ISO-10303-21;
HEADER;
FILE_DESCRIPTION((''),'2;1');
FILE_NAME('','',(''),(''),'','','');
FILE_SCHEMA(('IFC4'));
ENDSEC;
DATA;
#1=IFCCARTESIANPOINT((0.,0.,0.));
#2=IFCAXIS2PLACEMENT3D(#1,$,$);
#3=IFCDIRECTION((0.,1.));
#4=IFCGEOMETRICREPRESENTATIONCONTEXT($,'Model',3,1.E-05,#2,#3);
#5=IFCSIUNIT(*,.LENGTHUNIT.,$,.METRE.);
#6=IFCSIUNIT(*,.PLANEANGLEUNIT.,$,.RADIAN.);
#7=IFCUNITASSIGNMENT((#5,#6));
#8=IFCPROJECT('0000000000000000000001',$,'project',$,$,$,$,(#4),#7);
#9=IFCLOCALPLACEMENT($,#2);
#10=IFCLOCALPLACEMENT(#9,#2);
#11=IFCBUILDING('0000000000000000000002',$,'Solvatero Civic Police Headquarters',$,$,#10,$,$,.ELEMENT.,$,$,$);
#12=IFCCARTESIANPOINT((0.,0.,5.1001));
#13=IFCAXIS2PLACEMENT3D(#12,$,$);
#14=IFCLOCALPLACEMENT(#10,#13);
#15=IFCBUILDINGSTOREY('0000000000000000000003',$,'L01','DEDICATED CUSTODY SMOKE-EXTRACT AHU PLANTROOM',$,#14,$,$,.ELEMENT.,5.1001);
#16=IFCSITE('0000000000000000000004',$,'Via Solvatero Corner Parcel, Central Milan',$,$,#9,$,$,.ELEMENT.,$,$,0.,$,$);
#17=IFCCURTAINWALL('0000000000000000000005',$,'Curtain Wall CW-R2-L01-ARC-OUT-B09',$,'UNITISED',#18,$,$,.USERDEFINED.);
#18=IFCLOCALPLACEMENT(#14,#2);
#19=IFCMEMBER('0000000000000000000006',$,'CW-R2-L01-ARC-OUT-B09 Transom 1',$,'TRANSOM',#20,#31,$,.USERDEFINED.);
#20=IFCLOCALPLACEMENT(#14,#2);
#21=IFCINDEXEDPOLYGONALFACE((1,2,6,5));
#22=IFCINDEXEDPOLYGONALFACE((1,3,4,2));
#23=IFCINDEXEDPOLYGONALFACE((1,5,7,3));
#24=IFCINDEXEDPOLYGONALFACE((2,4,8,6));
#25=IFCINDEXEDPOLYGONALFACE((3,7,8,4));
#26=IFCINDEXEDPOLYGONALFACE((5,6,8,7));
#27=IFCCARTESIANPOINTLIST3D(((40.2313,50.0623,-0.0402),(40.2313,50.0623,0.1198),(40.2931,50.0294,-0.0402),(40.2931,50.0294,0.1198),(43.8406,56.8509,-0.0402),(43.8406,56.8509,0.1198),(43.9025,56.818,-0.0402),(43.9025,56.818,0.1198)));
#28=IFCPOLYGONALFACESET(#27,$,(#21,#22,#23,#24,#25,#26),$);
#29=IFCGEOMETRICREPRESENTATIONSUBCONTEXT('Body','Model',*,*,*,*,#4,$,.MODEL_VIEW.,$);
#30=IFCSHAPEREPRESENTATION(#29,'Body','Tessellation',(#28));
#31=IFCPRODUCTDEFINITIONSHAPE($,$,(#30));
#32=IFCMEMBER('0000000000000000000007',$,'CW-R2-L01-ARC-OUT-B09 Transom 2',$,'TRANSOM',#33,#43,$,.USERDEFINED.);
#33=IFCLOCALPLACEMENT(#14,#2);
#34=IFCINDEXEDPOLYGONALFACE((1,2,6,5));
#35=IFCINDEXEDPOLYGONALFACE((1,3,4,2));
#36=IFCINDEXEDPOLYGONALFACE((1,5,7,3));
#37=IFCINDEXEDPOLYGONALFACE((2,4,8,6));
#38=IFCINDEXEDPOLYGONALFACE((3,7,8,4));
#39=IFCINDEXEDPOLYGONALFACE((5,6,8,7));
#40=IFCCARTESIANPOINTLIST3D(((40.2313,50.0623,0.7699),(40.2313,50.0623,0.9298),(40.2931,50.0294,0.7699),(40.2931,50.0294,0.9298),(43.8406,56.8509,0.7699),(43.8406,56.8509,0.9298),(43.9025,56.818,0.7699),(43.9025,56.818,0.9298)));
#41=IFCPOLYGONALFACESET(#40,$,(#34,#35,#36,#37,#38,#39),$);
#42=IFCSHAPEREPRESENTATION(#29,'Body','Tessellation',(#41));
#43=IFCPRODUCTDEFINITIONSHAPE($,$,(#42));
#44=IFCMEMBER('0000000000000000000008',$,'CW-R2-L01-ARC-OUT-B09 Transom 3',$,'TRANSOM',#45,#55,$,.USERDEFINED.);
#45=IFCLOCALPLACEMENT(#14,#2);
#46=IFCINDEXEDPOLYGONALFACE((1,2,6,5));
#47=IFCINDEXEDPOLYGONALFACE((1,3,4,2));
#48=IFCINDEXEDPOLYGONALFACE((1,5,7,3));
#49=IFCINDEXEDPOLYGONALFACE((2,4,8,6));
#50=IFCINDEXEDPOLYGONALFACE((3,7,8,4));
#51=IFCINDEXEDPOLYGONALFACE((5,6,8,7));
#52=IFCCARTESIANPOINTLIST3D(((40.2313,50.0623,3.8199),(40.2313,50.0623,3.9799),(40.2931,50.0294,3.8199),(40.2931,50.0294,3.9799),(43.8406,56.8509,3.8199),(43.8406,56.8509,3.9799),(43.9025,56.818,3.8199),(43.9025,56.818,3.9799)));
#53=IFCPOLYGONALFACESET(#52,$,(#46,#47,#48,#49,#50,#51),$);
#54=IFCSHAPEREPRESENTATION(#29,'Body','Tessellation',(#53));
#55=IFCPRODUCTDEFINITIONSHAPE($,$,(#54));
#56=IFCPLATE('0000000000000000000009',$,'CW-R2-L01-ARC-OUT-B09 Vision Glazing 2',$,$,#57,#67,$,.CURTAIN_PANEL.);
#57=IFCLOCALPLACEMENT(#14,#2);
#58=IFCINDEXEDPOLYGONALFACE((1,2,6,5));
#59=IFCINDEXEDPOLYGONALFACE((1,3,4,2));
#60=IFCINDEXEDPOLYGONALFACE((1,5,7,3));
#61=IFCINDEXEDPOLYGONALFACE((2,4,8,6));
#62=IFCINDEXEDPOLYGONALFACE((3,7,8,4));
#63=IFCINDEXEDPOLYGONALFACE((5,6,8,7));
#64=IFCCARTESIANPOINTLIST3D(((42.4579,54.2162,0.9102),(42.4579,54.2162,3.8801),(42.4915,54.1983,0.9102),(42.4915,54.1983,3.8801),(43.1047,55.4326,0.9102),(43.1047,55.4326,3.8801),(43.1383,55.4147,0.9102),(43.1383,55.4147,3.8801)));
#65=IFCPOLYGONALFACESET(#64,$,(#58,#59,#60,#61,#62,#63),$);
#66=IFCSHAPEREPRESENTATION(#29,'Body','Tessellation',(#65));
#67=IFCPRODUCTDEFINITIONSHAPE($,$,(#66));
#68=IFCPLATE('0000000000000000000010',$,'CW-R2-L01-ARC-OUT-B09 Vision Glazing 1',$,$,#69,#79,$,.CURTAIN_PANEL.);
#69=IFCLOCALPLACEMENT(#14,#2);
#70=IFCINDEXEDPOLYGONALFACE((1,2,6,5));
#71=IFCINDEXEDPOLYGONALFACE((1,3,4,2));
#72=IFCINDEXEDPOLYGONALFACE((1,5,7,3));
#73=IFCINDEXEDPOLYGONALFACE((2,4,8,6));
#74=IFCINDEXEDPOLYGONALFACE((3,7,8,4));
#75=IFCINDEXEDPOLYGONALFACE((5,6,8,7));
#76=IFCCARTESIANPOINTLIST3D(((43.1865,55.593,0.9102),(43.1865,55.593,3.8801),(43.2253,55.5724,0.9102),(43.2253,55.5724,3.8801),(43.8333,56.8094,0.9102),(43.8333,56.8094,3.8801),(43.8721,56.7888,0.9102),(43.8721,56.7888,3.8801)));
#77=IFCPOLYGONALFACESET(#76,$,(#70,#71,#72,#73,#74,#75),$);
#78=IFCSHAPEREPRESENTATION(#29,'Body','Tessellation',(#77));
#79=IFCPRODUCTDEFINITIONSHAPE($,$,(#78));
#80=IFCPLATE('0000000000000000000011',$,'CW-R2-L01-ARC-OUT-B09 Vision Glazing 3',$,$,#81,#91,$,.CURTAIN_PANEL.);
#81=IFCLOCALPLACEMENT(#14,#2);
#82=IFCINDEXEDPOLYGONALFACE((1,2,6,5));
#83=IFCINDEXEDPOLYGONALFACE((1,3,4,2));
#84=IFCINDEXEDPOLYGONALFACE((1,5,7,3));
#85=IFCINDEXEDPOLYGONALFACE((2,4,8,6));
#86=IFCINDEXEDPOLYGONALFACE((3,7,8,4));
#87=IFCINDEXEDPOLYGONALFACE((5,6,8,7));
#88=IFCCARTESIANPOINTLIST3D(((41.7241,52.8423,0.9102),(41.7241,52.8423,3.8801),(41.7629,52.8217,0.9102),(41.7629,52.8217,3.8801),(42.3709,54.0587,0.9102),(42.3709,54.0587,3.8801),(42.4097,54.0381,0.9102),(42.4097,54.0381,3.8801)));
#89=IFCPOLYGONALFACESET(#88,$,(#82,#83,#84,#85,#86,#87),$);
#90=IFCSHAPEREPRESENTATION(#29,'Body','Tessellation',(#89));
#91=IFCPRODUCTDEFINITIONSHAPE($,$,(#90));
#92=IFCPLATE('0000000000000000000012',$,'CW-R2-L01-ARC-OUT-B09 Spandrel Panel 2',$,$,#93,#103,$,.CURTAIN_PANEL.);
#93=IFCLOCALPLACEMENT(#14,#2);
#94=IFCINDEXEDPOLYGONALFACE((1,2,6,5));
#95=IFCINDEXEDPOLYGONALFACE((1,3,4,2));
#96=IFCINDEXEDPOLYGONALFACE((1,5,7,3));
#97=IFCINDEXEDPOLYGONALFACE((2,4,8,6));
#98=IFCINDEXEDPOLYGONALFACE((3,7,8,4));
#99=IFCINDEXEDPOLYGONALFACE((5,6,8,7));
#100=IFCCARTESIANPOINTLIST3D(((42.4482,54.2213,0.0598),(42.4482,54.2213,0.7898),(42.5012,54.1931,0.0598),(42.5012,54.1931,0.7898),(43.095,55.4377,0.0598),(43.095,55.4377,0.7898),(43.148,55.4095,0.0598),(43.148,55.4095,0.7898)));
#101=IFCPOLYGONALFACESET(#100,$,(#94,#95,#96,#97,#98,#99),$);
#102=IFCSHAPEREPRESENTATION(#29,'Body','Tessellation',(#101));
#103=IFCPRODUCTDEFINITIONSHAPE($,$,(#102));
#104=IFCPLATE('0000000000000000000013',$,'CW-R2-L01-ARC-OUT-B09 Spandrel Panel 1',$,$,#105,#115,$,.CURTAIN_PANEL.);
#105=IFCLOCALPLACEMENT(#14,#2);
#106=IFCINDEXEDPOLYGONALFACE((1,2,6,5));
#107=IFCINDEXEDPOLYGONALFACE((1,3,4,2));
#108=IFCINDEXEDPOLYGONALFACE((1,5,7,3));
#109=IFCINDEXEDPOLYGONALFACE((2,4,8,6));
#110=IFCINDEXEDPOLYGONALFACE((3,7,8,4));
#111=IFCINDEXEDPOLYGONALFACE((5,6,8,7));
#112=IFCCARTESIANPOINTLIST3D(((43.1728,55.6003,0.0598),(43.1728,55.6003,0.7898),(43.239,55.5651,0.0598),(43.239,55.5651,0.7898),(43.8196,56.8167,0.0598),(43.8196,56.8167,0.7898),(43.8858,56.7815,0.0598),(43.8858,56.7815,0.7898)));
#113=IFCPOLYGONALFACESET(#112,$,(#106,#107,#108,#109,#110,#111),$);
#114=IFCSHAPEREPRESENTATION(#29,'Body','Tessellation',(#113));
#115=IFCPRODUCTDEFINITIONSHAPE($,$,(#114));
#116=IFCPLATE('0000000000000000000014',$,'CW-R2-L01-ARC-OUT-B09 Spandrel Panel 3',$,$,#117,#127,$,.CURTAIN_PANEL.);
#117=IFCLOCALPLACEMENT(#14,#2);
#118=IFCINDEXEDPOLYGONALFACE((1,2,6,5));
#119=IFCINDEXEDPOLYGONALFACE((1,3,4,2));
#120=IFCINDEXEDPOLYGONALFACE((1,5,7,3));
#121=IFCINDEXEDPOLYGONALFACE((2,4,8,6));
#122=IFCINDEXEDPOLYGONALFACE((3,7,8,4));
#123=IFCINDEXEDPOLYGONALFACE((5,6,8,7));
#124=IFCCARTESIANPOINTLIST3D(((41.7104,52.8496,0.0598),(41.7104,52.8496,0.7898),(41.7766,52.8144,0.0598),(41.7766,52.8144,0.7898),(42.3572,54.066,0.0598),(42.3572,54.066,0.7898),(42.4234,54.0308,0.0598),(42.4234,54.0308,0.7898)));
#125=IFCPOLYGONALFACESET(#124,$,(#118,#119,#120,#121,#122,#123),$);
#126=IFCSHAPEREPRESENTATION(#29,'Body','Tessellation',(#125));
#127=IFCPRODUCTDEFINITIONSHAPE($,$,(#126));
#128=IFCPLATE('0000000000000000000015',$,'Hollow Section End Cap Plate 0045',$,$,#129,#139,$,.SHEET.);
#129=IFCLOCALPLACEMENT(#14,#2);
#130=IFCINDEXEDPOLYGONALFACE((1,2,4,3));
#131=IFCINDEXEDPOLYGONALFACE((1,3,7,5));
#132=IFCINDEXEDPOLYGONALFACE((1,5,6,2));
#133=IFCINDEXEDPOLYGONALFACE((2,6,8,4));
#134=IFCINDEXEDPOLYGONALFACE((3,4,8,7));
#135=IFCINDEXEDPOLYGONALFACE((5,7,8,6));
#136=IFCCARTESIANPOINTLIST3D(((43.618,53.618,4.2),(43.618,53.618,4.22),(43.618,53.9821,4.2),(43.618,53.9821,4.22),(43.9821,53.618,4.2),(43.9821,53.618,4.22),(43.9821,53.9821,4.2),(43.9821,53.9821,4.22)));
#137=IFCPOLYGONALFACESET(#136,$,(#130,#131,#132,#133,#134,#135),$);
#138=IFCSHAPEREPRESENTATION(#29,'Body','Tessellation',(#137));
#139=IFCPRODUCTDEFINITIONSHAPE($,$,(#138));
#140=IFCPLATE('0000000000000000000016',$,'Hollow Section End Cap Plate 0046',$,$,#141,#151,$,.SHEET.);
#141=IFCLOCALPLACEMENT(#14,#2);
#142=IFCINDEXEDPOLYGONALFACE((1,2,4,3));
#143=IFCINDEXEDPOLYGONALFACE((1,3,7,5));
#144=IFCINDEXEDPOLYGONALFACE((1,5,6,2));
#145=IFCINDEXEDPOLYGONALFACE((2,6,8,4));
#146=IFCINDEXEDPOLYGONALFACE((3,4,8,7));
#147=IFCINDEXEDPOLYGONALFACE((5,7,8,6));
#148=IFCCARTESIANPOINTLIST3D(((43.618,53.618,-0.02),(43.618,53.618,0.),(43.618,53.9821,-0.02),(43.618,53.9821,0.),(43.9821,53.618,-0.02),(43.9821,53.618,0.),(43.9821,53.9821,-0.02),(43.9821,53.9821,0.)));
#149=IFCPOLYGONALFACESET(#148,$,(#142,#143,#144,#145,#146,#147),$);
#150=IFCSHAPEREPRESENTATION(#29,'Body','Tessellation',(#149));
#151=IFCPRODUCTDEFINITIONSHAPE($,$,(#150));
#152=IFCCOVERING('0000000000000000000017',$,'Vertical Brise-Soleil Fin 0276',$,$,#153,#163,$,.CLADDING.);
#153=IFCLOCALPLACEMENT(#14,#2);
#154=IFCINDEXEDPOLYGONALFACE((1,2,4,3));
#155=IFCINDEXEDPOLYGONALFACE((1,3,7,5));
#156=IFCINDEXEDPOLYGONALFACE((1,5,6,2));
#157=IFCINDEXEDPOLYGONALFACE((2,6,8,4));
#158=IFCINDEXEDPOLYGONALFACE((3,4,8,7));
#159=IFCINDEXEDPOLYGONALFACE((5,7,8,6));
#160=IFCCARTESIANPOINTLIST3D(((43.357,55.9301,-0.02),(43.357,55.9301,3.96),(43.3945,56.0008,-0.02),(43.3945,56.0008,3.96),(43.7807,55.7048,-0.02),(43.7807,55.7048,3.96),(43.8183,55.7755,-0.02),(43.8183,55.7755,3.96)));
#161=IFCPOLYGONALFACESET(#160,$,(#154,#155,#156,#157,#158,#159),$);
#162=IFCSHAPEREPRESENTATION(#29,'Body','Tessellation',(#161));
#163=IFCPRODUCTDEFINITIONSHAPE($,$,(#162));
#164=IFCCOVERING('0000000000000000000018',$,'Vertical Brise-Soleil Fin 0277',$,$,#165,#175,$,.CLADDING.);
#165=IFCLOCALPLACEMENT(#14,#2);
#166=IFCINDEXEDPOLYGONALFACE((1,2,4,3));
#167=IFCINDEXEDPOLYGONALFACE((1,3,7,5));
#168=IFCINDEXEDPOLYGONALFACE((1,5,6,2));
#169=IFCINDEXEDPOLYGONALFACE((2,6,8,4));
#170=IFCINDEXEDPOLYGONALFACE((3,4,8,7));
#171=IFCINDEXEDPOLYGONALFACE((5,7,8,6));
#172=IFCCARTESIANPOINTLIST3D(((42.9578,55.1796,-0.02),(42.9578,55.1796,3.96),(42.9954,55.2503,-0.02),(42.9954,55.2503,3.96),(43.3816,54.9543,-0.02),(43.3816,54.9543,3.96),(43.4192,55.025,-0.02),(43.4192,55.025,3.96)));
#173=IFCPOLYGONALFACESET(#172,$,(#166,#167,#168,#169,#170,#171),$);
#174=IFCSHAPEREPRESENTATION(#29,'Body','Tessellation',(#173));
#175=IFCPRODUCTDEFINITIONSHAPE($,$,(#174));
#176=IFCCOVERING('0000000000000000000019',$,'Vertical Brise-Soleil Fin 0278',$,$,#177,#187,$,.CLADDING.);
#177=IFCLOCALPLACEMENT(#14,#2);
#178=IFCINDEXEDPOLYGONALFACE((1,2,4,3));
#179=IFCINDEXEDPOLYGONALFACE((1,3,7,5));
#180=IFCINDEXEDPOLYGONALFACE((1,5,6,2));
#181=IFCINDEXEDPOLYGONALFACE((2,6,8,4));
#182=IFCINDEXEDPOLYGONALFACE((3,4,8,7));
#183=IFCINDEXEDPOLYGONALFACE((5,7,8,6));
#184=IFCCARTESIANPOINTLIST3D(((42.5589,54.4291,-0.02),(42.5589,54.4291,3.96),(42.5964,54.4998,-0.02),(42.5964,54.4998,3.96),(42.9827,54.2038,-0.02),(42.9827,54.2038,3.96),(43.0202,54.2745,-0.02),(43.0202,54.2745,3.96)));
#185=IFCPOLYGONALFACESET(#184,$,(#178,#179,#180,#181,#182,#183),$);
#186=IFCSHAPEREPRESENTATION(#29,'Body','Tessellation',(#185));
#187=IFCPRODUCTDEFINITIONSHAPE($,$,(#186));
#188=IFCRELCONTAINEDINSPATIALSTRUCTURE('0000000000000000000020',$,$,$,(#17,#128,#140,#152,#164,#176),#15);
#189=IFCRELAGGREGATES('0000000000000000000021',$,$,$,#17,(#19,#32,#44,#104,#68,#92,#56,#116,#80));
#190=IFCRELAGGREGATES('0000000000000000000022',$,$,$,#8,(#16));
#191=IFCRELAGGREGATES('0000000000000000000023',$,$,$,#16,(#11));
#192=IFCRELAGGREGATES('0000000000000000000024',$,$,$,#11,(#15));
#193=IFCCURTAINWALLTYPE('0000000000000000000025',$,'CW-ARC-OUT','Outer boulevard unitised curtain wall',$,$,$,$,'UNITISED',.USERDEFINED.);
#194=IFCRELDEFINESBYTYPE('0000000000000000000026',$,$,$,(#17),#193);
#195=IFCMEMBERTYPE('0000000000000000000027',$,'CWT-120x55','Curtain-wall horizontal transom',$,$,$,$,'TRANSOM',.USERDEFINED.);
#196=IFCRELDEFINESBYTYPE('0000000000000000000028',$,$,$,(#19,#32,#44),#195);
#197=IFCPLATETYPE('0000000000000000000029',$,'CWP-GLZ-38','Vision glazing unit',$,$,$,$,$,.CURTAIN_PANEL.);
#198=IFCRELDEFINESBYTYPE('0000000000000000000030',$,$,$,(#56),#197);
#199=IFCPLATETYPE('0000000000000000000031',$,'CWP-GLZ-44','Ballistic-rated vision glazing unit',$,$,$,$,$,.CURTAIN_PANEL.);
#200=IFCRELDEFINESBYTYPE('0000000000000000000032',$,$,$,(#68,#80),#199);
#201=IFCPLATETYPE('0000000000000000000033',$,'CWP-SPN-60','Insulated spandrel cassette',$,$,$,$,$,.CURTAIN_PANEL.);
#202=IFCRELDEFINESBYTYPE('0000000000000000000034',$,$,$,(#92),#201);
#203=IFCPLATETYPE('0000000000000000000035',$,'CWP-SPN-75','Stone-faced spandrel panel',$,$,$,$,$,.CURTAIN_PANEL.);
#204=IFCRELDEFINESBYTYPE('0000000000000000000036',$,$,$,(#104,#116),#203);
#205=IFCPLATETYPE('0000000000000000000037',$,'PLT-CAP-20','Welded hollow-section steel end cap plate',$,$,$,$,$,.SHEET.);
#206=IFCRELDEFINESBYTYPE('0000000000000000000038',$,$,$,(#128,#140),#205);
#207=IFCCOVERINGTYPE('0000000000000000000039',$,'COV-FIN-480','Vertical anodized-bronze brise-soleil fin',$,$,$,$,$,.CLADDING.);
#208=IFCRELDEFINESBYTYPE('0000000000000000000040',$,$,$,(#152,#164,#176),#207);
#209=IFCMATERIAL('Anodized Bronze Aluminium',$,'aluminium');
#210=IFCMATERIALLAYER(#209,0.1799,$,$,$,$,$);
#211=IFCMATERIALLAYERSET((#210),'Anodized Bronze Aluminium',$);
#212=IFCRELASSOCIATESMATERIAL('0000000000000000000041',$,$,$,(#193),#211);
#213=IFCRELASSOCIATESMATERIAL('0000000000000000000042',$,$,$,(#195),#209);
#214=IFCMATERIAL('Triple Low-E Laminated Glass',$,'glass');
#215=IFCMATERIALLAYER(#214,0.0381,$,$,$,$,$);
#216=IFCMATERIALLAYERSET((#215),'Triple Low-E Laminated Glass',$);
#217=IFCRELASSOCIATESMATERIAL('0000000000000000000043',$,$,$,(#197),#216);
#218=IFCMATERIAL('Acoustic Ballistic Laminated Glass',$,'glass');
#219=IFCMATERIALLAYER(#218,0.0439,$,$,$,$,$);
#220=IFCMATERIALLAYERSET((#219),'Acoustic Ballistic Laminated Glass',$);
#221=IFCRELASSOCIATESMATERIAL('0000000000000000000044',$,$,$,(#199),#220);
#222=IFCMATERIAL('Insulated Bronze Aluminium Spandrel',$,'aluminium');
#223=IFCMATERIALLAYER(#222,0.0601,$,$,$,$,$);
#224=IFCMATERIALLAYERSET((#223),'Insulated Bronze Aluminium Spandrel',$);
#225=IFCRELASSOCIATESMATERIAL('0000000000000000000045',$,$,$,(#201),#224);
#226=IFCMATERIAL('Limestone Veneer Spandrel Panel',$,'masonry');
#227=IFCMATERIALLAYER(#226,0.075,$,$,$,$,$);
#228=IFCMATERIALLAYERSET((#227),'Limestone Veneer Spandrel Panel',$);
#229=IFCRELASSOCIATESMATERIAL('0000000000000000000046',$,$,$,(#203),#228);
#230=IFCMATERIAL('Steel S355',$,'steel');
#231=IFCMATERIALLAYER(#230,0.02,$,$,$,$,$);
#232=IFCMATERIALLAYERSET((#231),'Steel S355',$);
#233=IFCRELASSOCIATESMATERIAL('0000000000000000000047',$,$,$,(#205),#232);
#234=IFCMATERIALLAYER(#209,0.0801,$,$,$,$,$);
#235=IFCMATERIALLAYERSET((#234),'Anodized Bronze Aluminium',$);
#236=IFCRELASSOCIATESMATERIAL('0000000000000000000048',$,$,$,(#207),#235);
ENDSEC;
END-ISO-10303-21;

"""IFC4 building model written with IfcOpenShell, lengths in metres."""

from ifc_helpers import new_model, si_unit, direction, frame, origin, origin_2d, place, context, subcontext, project, spatial, rectangle, extrude, material, layer, layer_set, material_profile, profile_set, type_object, element, aggregate, save


model = new_model("IFC4")

# Units and contexts
model_context = context("Model", 3, precision=1e-05, world=origin(), true_north=direction((0.0, 1.0)))
body_context = subcontext(model_context, "Body", "Model", "MODEL_VIEW")
ifc_project = project(units=[si_unit("LENGTHUNIT", "METRE"), si_unit("PLANEANGLEUNIT", "RADIAN")], contexts=[model_context])

# Site, building, storey
site_placement = place(None, origin())
site = spatial("IfcSite", under=ifc_project, at=site_placement, Name="Via Solvatero Corner Parcel, Central Milan", CompositionType="ELEMENT", RefElevation=0.0)
building_placement = place(site_placement, origin())
building = spatial("IfcBuilding", under=site, at=building_placement, Name="Solvatero Civic Police Headquarters", CompositionType="ELEMENT")
storey_placement = place(building_placement, frame((0.0, 0.0, 5.1001)))
storey = spatial("IfcBuildingStorey", under=building, at=storey_placement, Name="L01", Description="DEDICATED CUSTODY SMOKE-EXTRACT AHU PLANTROOM", CompositionType="ELEMENT", Elevation=5.1001)

# Shared definitions
ifc_material_1 = material(Name="Steel S355", Category="steel")

# Curtain wall, members, plates
ifc_material_2 = material(Name="Anodized Bronze Aluminium", Category="aluminium")
ifc_layer_1 = layer(ifc_material_2, 0.1799)
ifc_layer_set_1 = layer_set([ifc_layer_1], Name="Anodized Bronze Aluminium")
curtain_wall_type = type_object("IfcCurtainWallType", Name="CW-ARC-OUT", Description="Outer boulevard unitised curtain wall", ElementType="UNITISED", PredefinedType="USERDEFINED", material=ifc_layer_set_1)
curtain_wall_placement = place(storey_placement, origin())
curtain_wall = element("IfcCurtainWall", 1, at=curtain_wall_placement, inside=storey, type_object=curtain_wall_type, Name="Curtain Wall CW-R2-L01-ARC-OUT-B09", ObjectType="UNITISED", PredefinedType="USERDEFINED")
ifc_material_profile_1 = material_profile(ifc_material_2, rectangle(XDim=0.0701, YDim=0.1599, at=origin_2d()), Name="ALU TRANSOM 70x160")
ifc_profile_set_1 = profile_set([ifc_material_profile_1], Name="Anodized Bronze Aluminium")
member_type_1 = type_object("IfcMemberType", Name="CWT-120x55", Description="Curtain-wall horizontal transom", ElementType="TRANSOM", PredefinedType="USERDEFINED", material=ifc_profile_set_1)
member_1_placement = place(storey_placement, frame((43.8716, 56.8345, 0.0398), z_axis=(-0.469454, -0.882957, 0.0), x_axis=(0.882957, -0.469454, 0.0)))
member_1 = element("IfcMember", 2, at=member_1_placement, type_object=member_type_1, Name="CW-R2-L01-ARC-OUT-B09 Transom 1", ObjectType="TRANSOM", PredefinedType="USERDEFINED", context=body_context, shape_type="SweptSolid", body=[
    extrude(rectangle(XDim=0.0701, YDim=0.1599, at=origin_2d()), origin(), (0.0, 0.0, 1.0), 7.6885),
])
member_2_placement = place(storey_placement, frame((43.8716, 56.8345, 0.8499), z_axis=(-0.469454, -0.882957, 0.0), x_axis=(0.882957, -0.469454, 0.0)))
member_2 = element("IfcMember", 3, at=member_2_placement, type_object=member_type_1, Name="CW-R2-L01-ARC-OUT-B09 Transom 2", ObjectType="TRANSOM", PredefinedType="USERDEFINED", context=body_context, shape_type="SweptSolid", body=[
    extrude(rectangle(XDim=0.0701, YDim=0.1599, at=origin_2d()), origin(), (0.0, 0.0, 1.0), 7.6885),
])
member_3_placement = place(storey_placement, frame((43.8716, 56.8345, 3.8999), z_axis=(-0.469454, -0.882957, 0.0), x_axis=(0.882957, -0.469454, 0.0)))
member_3 = element("IfcMember", 4, at=member_3_placement, type_object=member_type_1, Name="CW-R2-L01-ARC-OUT-B09 Transom 3", ObjectType="TRANSOM", PredefinedType="USERDEFINED", context=body_context, shape_type="SweptSolid", body=[
    extrude(rectangle(XDim=0.0701, YDim=0.1599, at=origin_2d()), origin(), (0.0, 0.0, 1.0), 7.6885),
])
ifc_material_3 = material(Name="Triple Low-E Laminated Glass", Category="glass")
ifc_layer_2 = layer(ifc_material_3, 0.0381)
ifc_layer_set_2 = layer_set([ifc_layer_2], Name="Triple Low-E Laminated Glass")
plate_type_1 = type_object("IfcPlateType", Name="CWP-GLZ-38", Description="Vision glazing unit", PredefinedType="CURTAIN_PANEL", material=ifc_layer_set_2)
plate_1_placement = place(storey_placement, frame((42.7981, 54.8154, 0.9102), z_axis=(0.0, 0.0, 1.0), x_axis=(-0.469472, -0.882948, 0.0)))
plate_1 = element("IfcPlate", 5, at=plate_1_placement, type_object=plate_type_1, Name="CW-R2-L01-ARC-OUT-B09 Vision Glazing 2", PredefinedType="CURTAIN_PANEL", context=body_context, shape_type="SweptSolid", body=[
    extrude(rectangle(XDim=1.3777, YDim=0.0381, at=origin_2d()), origin(), (0.0, 0.0, 1.0), 2.97),
])
ifc_material_4 = material(Name="Acoustic Ballistic Laminated Glass", Category="glass")
ifc_layer_3 = layer(ifc_material_4, 0.0439)
ifc_layer_set_3 = layer_set([ifc_layer_3], Name="Acoustic Ballistic Laminated Glass")
plate_type_2 = type_object("IfcPlateType", Name="CWP-GLZ-44", Description="Ballistic-rated vision glazing unit", PredefinedType="CURTAIN_PANEL", material=ifc_layer_set_3)
plate_2_placement = place(storey_placement, frame((43.5293, 56.1909, 0.9102), z_axis=(0.0, 0.0, 1.0), x_axis=(-0.469472, -0.882948, 0.0)))
plate_2 = element("IfcPlate", 6, at=plate_2_placement, type_object=plate_type_2, Name="CW-R2-L01-ARC-OUT-B09 Vision Glazing 1", PredefinedType="CURTAIN_PANEL", context=body_context, shape_type="SweptSolid", body=[
    extrude(rectangle(XDim=1.3777, YDim=0.0439, at=origin_2d()), origin(), (0.0, 0.0, 1.0), 2.97),
])
plate_3_placement = place(storey_placement, frame((42.0669, 53.4402, 0.9102), z_axis=(0.0, 0.0, 1.0), x_axis=(-0.469472, -0.882948, 0.0)))
plate_3 = element("IfcPlate", 7, at=plate_3_placement, type_object=plate_type_2, Name="CW-R2-L01-ARC-OUT-B09 Vision Glazing 3", PredefinedType="CURTAIN_PANEL", context=body_context, shape_type="SweptSolid", body=[
    extrude(rectangle(XDim=1.3777, YDim=0.0439, at=origin_2d()), origin(), (0.0, 0.0, 1.0), 2.97),
])
ifc_material_5 = material(Name="Insulated Bronze Aluminium Spandrel", Category="aluminium")
ifc_layer_4 = layer(ifc_material_5, 0.0601)
ifc_layer_set_4 = layer_set([ifc_layer_4], Name="Insulated Bronze Aluminium Spandrel")
plate_type_3 = type_object("IfcPlateType", Name="CWP-SPN-60", Description="Insulated spandrel cassette", PredefinedType="CURTAIN_PANEL", material=ifc_layer_set_4)
plate_4_placement = place(storey_placement, frame((42.7981, 54.8154, 0.0598), z_axis=(0.0, 0.0, 1.0), x_axis=(-0.469472, -0.882948, 0.0)))
plate_4 = element("IfcPlate", 8, at=plate_4_placement, type_object=plate_type_3, Name="CW-R2-L01-ARC-OUT-B09 Spandrel Panel 2", PredefinedType="CURTAIN_PANEL", context=body_context, shape_type="SweptSolid", body=[
    extrude(rectangle(XDim=1.3777, YDim=0.0601, at=origin_2d()), origin(), (0.0, 0.0, 1.0), 0.73),
])
ifc_material_6 = material(Name="Limestone Veneer Spandrel Panel", Category="masonry")
ifc_layer_5 = layer(ifc_material_6, 0.075)
ifc_layer_set_5 = layer_set([ifc_layer_5], Name="Limestone Veneer Spandrel Panel")
plate_type_4 = type_object("IfcPlateType", Name="CWP-SPN-75", Description="Stone-faced spandrel panel", PredefinedType="CURTAIN_PANEL", material=ifc_layer_set_5)
plate_5_placement = place(storey_placement, frame((43.5293, 56.1909, 0.0598), z_axis=(0.0, 0.0, 1.0), x_axis=(-0.469472, -0.882948, 0.0)))
plate_5 = element("IfcPlate", 9, at=plate_5_placement, type_object=plate_type_4, Name="CW-R2-L01-ARC-OUT-B09 Spandrel Panel 1", PredefinedType="CURTAIN_PANEL", context=body_context, shape_type="SweptSolid", body=[
    extrude(rectangle(XDim=1.3777, YDim=0.075, at=origin_2d()), origin(), (0.0, 0.0, 1.0), 0.73),
])
plate_6_placement = place(storey_placement, frame((42.0669, 53.4402, 0.0598), z_axis=(0.0, 0.0, 1.0), x_axis=(-0.469472, -0.882948, 0.0)))
plate_6 = element("IfcPlate", 10, at=plate_6_placement, type_object=plate_type_4, Name="CW-R2-L01-ARC-OUT-B09 Spandrel Panel 3", PredefinedType="CURTAIN_PANEL", context=body_context, shape_type="SweptSolid", body=[
    extrude(rectangle(XDim=1.3777, YDim=0.075, at=origin_2d()), origin(), (0.0, 0.0, 1.0), 0.73),
])
aggregate(curtain_wall, [member_1, member_2, member_3, plate_5, plate_2, plate_4, plate_1, plate_6, plate_3])

# Plates
ifc_layer_6 = layer(ifc_material_1, 0.02)
ifc_layer_set_6 = layer_set([ifc_layer_6], Name="Steel S355")
plate_type_5 = type_object("IfcPlateType", Name="PLT-CAP-20", Description="Welded hollow-section steel end cap plate", PredefinedType="SHEET", material=ifc_layer_set_6)
for number, where, z_axis, x_axis, name in (
    (11, (43.8, 53.8, 4.2), (0.0, 0.0, 1.0), (1.0, 0.0, 0.0), "Hollow Section End Cap Plate 0045"),
    (12, (43.8, 53.8, -0.02), (0.0, 0.0, 1.0), (1.0, 0.0, 0.0), "Hollow Section End Cap Plate 0046"),
):
    element("IfcPlate", number, at=place(storey_placement, frame(where, z_axis=z_axis, x_axis=x_axis)), inside=storey, type_object=plate_type_5, Name=name, PredefinedType="SHEET", context=body_context, shape_type="SweptSolid", body=[
        extrude(rectangle(XDim=0.364, YDim=0.364, at=origin_2d()), origin(), (0.0, 0.0, 1.0), 0.02),
    ])

# Coverings
ifc_layer_7 = layer(ifc_material_2, 0.0801)
ifc_layer_set_7 = layer_set([ifc_layer_7], Name="Anodized Bronze Aluminium")
covering_type = type_object("IfcCoveringType", Name="COV-FIN-480", Description="Vertical anodized-bronze brise-soleil fin", PredefinedType="CLADDING", material=ifc_layer_set_7)
for number, where, z_axis, x_axis, name in (
    (13, (43.5876, 55.8528, -0.02), (0.0, 0.0, 1.0), (-0.469472, -0.882948, 0.0), "Vertical Brise-Soleil Fin 0276"),
    (14, (43.1885, 55.1023, -0.02), (0.0, 0.0, 1.0), (-0.469472, -0.882948, 0.0), "Vertical Brise-Soleil Fin 0277"),
    (15, (42.7896, 54.3518, -0.02), (0.0, 0.0, 1.0), (-0.469472, -0.882948, 0.0), "Vertical Brise-Soleil Fin 0278"),
):
    element("IfcCovering", number, at=place(storey_placement, frame(where, z_axis=z_axis, x_axis=x_axis)), inside=storey, type_object=covering_type, Name=name, PredefinedType="CLADDING", context=body_context, shape_type="SweptSolid", body=[
        extrude(rectangle(XDim=0.0801, YDim=0.48, at=origin_2d()), origin(), (0.0, 0.0, 1.0), 3.98),
    ])

save(model, "model.ifc")
